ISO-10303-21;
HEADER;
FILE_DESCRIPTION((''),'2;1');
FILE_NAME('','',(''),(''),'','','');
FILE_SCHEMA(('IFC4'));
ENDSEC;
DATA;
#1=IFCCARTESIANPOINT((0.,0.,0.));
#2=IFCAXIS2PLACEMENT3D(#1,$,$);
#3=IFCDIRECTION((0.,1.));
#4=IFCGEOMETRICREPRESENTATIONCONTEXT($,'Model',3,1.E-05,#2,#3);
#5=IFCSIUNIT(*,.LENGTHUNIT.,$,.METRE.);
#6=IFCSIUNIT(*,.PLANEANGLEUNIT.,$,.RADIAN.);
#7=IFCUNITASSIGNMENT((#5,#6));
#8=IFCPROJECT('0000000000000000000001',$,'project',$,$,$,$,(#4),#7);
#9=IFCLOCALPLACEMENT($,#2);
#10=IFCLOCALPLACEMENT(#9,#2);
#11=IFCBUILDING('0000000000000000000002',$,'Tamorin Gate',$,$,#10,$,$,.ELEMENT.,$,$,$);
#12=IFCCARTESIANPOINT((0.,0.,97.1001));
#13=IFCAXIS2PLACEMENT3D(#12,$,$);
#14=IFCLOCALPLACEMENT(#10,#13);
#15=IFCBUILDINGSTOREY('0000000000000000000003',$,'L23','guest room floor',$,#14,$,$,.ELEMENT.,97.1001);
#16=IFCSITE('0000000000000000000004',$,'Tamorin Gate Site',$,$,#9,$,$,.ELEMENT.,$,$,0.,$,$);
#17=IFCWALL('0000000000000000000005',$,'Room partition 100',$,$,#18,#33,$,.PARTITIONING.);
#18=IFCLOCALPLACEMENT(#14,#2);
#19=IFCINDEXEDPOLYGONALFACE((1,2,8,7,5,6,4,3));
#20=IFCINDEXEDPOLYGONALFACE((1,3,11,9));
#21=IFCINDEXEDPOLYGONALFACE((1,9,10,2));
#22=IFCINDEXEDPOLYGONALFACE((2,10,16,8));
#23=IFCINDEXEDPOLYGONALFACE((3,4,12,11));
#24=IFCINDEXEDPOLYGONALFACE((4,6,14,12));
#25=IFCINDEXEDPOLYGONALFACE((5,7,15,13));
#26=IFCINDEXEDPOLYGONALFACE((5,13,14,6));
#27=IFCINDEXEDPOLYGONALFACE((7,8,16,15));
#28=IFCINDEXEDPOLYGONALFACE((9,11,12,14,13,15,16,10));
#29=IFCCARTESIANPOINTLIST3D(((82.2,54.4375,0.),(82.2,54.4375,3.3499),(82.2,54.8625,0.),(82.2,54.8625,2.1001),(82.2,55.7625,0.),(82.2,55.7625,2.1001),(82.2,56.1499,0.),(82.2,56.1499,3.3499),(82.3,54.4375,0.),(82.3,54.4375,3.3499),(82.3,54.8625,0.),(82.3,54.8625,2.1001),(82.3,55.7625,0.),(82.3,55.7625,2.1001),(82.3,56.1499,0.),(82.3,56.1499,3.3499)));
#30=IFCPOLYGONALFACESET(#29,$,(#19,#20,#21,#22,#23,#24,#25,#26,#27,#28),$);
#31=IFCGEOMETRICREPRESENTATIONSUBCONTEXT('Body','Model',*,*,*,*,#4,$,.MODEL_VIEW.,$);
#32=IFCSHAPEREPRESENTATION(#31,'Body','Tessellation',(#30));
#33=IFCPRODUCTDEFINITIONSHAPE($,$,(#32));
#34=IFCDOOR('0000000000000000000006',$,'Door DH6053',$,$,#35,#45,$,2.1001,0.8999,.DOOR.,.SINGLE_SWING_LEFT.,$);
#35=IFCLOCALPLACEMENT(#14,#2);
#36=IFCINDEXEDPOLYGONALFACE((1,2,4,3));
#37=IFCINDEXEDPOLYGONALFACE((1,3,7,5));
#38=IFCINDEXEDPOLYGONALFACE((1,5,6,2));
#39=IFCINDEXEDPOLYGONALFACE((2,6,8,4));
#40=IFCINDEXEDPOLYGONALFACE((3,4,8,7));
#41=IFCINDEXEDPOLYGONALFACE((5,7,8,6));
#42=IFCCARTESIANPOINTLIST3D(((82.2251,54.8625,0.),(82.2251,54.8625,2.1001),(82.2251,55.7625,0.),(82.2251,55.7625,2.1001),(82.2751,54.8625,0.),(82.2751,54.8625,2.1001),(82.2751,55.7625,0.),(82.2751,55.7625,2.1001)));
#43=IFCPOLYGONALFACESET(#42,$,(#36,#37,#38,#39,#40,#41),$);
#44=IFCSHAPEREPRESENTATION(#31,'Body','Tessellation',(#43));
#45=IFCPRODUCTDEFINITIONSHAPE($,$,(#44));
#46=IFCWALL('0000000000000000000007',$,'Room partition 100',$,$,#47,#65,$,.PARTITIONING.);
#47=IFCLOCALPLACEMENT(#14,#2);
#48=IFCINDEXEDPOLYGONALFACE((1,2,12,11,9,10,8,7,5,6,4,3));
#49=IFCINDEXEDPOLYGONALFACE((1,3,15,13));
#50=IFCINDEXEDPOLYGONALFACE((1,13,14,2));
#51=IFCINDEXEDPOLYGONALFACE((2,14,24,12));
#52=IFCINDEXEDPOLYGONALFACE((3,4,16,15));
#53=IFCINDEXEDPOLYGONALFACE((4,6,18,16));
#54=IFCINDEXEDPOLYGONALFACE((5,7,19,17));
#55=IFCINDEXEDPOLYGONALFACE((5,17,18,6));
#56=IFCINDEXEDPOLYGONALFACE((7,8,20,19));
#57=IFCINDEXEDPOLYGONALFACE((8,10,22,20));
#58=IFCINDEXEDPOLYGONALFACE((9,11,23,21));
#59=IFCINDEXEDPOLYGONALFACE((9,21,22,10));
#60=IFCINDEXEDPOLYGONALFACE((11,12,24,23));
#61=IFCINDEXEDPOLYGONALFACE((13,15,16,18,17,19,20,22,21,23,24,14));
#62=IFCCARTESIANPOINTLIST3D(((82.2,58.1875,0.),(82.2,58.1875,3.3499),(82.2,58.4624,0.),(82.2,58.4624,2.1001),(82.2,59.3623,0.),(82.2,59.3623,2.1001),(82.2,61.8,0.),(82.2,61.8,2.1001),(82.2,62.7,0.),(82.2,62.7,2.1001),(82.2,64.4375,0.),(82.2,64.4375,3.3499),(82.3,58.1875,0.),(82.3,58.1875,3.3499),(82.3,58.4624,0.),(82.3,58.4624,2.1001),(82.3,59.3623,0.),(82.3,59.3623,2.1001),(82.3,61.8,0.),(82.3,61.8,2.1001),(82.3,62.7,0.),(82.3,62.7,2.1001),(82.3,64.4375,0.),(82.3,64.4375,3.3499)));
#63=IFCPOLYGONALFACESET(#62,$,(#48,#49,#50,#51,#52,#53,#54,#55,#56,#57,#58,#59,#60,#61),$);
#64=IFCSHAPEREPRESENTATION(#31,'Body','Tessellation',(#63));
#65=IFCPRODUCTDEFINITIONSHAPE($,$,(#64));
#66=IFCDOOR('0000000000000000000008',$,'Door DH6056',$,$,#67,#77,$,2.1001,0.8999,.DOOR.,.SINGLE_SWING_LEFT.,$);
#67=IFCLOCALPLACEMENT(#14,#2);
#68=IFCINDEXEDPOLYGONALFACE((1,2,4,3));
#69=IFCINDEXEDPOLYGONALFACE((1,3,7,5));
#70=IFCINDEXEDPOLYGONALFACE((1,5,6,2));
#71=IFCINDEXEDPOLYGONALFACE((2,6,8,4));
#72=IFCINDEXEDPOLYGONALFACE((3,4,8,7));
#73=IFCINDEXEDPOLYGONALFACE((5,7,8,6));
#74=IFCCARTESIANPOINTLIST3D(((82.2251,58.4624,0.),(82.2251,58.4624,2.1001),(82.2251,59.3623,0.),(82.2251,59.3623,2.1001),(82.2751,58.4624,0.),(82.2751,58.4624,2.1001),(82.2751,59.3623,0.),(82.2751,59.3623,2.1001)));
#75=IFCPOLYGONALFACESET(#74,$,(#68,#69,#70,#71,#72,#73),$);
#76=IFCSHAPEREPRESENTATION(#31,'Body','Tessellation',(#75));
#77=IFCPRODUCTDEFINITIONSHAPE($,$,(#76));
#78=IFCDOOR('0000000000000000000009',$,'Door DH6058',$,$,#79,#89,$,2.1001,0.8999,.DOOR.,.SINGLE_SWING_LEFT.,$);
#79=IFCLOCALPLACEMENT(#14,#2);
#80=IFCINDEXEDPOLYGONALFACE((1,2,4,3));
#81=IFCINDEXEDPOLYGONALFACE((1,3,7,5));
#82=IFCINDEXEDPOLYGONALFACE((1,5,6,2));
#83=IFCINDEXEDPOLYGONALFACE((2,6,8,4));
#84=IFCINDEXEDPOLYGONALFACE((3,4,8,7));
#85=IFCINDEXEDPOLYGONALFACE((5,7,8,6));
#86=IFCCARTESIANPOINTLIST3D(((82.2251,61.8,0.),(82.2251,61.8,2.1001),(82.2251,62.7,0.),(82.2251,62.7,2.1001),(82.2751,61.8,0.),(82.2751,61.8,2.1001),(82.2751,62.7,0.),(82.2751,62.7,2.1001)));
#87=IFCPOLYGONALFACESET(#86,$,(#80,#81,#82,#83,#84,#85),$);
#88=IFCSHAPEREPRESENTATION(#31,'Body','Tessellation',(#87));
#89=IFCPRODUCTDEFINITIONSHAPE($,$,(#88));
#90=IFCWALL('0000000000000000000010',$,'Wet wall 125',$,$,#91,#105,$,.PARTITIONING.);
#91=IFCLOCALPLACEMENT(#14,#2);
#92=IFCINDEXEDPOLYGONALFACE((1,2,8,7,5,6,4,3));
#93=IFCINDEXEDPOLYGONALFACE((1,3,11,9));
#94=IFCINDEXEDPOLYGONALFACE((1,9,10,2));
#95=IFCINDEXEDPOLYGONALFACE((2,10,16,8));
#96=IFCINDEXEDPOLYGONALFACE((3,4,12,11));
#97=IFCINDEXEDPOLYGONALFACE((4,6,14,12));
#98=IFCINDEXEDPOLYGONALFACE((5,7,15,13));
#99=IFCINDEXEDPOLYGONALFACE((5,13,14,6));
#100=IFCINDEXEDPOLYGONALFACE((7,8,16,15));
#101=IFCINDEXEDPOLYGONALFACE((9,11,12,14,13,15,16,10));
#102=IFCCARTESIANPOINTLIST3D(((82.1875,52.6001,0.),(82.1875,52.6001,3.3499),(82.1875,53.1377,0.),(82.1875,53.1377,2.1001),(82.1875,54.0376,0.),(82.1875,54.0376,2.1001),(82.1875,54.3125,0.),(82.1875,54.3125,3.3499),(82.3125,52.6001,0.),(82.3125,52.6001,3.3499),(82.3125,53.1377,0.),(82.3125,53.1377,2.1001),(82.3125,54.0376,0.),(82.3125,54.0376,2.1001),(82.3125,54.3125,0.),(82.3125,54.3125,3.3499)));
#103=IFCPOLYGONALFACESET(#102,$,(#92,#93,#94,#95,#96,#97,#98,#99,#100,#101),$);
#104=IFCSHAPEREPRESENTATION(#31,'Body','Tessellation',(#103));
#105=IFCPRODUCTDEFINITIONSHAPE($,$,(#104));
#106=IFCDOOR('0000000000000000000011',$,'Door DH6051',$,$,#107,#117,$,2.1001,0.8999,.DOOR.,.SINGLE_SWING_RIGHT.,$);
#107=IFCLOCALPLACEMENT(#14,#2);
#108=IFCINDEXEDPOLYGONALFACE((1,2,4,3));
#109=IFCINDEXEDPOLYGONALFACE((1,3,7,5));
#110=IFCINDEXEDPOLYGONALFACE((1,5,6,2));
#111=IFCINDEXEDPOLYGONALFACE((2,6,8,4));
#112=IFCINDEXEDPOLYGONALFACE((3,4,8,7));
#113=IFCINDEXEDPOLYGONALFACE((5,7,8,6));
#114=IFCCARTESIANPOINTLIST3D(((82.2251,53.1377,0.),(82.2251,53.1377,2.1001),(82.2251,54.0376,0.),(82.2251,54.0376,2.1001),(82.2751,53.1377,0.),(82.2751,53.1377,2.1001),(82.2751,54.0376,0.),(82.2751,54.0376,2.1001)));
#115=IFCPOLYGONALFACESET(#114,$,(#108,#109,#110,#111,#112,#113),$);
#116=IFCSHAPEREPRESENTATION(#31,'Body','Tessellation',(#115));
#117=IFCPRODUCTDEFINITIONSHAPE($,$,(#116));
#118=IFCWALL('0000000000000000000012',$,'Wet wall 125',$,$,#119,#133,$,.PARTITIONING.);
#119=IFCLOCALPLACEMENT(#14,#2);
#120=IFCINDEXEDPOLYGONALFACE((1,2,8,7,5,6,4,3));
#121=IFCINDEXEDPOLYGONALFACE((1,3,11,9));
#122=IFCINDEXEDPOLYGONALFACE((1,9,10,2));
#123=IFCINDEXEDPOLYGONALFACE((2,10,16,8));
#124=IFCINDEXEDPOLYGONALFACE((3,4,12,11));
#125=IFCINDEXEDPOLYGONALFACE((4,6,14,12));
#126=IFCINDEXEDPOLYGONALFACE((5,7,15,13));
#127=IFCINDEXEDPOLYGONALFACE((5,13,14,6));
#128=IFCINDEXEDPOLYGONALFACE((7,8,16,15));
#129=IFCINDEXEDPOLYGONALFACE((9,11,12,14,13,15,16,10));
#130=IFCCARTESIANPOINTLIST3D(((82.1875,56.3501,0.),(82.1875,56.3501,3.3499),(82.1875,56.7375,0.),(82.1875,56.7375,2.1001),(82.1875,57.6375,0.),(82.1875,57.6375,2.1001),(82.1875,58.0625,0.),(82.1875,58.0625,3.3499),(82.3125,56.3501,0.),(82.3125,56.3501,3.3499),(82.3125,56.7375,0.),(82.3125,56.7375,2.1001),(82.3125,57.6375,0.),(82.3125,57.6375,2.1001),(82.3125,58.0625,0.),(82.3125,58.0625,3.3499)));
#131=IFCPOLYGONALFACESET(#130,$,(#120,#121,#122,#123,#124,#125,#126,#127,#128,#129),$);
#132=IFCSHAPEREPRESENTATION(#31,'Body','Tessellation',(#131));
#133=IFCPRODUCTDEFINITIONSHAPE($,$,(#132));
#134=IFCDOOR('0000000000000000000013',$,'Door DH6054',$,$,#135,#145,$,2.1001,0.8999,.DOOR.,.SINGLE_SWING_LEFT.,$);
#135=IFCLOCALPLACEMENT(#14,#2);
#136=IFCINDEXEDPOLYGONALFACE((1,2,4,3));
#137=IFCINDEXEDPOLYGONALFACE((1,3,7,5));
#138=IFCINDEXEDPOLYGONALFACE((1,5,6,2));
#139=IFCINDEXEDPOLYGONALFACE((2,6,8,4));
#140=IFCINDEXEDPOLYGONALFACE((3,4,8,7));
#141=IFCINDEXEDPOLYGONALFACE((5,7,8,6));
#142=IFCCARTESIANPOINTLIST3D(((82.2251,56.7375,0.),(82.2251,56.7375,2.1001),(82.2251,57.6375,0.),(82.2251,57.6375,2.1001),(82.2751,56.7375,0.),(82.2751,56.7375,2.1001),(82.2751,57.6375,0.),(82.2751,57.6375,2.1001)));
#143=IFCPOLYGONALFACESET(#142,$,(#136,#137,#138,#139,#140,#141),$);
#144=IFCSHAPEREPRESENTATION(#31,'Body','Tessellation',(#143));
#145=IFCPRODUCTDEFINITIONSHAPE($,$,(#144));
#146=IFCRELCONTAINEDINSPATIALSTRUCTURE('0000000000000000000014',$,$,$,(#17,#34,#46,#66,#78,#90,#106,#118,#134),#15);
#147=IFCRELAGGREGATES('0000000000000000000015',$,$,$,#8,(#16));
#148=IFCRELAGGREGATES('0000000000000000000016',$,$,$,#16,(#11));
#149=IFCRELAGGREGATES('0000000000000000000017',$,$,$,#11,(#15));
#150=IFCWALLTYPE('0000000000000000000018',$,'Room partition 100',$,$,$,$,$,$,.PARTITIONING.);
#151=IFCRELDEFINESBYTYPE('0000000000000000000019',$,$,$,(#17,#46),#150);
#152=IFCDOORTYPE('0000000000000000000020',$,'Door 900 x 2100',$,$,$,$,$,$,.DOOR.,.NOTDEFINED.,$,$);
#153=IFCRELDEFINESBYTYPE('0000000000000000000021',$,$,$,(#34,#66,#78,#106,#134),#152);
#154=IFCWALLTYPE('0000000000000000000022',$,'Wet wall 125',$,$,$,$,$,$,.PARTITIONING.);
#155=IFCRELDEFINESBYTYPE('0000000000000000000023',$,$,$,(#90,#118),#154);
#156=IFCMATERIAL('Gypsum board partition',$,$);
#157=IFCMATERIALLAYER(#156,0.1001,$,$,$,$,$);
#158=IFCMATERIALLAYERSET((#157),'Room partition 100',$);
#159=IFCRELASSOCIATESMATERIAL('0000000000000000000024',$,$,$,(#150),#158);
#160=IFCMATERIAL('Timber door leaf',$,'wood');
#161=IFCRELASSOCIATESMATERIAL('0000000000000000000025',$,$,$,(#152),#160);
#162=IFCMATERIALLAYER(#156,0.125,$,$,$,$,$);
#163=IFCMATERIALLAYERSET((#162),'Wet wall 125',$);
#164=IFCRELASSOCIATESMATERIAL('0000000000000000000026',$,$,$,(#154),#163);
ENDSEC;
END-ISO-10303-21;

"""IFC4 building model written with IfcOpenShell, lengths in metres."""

from ifc_helpers import new_model, si_unit, direction, frame, frame_2d, origin, place, context, subcontext, project, spatial, rectangle, extrude, material, layer, layer_set, type_object, element, fill, save


model = new_model("IFC4")

# Units and contexts
model_context = context("Model", 3, precision=1e-05, world=origin(), true_north=direction((0.0, 1.0)))
body_context = subcontext(model_context, "Body", "Model", "MODEL_VIEW")
ifc_project = project(units=[si_unit("LENGTHUNIT", "METRE"), si_unit("PLANEANGLEUNIT", "RADIAN")], contexts=[model_context])

# Site, building, storey
site_placement = place(None, origin())
site = spatial("IfcSite", under=ifc_project, at=site_placement, Name="Tamorin Gate Site", CompositionType="ELEMENT", RefElevation=0.0)
building_placement = place(site_placement, origin())
building = spatial("IfcBuilding", under=site, at=building_placement, Name="Tamorin Gate", CompositionType="ELEMENT")
storey_placement = place(building_placement, frame((0.0, 0.0, 97.1001)))
storey = spatial("IfcBuildingStorey", under=building, at=storey_placement, Name="L23", Description="guest room floor", CompositionType="ELEMENT", Elevation=97.1001)

# Wall, opening, door
ifc_material_1 = material(Name="Gypsum board partition")
ifc_layer_1 = layer(ifc_material_1, 0.1001)
ifc_layer_set_1 = layer_set([ifc_layer_1], Name="Room partition 100")
wall_type_1 = type_object("IfcWallType", Name="Room partition 100", PredefinedType="PARTITIONING", material=ifc_layer_set_1)
wall_1_placement = place(storey_placement, frame((82.25, 54.4375, 0.0), z_axis=(0.0, 0.0, 1.0), x_axis=(0.0, 1.0, 0.0)))
wall_1 = element("IfcWall", 1, at=wall_1_placement, inside=storey, type_object=wall_type_1, Name="Room partition 100", PredefinedType="PARTITIONING", context=body_context, shape_type="SweptSolid", body=[
    extrude(rectangle(XDim=1.7124, YDim=0.1001, at=frame_2d((0.8562, 0.0))), origin(), (0.0, 0.0, 1.0), 3.3499),
])
opening_1_placement = place(wall_1_placement, frame((0.425, 0.0, 0.0)))
opening_1 = element("IfcOpeningElement", 2, at=opening_1_placement, cuts=wall_1, PredefinedType="OPENING", context=body_context, shape_type="SweptSolid", body=[
    extrude(rectangle(XDim=0.8999, YDim=2.1001, at=frame_2d((0.45, 1.05))), frame((0.0, 0.0601, 0.0), z_axis=(0.0, -1.0, 0.0), x_axis=(1.0, 0.0, 0.0)), (0.0, 0.0, 1.0), 0.1201),
])
ifc_material_2 = material(Name="Timber door leaf", Category="wood")
door_type = type_object("IfcDoorType", Name="Door 900 x 2100", OperationType="NOTDEFINED", PredefinedType="DOOR", material=ifc_material_2)
door_1_placement = place(opening_1_placement, origin())
door_1 = element("IfcDoor", 3, at=door_1_placement, inside=storey, type_object=door_type, Name="Door DH6053", OperationType="SINGLE_SWING_LEFT", OverallHeight=2.1001, OverallWidth=0.8999, PredefinedType="DOOR", context=body_context, shape_type="SweptSolid", body=[
    extrude(rectangle(XDim=0.8999, YDim=2.1001, at=frame_2d((0.45, 1.05))), frame((0.0, 0.0249, 0.0), z_axis=(0.0, -1.0, 0.0), x_axis=(1.0, 0.0, 0.0)), (0.0, 0.0, 1.0), 0.05),
])
fill(opening_1, door_1)

# Wall, openings, doors
wall_2_placement = place(storey_placement, frame((82.25, 58.1875, 0.0), z_axis=(0.0, 0.0, 1.0), x_axis=(0.0, 1.0, 0.0)))
wall_2 = element("IfcWall", 4, at=wall_2_placement, inside=storey, type_object=wall_type_1, Name="Room partition 100", PredefinedType="PARTITIONING", context=body_context, shape_type="SweptSolid", body=[
    extrude(rectangle(XDim=6.25, YDim=0.1001, at=frame_2d((3.125, 0.0))), origin(), (0.0, 0.0, 1.0), 3.3499),
])
opening_2_placement = place(wall_2_placement, frame((0.2749, 0.0, 0.0)))
opening_2 = element("IfcOpeningElement", 5, at=opening_2_placement, cuts=wall_2, PredefinedType="OPENING", context=body_context, shape_type="SweptSolid", body=[
    extrude(rectangle(XDim=0.8999, YDim=2.1001, at=frame_2d((0.45, 1.05))), frame((0.0, 0.0601, 0.0), z_axis=(0.0, -1.0, 0.0), x_axis=(1.0, 0.0, 0.0)), (0.0, 0.0, 1.0), 0.1201),
])
opening_3_placement = place(wall_2_placement, frame((3.6125, 0.0, 0.0)))
opening_3 = element("IfcOpeningElement", 6, at=opening_3_placement, cuts=wall_2, PredefinedType="OPENING", context=body_context, shape_type="SweptSolid", body=[
    extrude(rectangle(XDim=0.8999, YDim=2.1001, at=frame_2d((0.45, 1.05))), frame((0.0, 0.0601, 0.0), z_axis=(0.0, -1.0, 0.0), x_axis=(1.0, 0.0, 0.0)), (0.0, 0.0, 1.0), 0.1201),
])
door_2_placement = place(opening_2_placement, origin())
door_2 = element("IfcDoor", 7, at=door_2_placement, inside=storey, type_object=door_type, Name="Door DH6056", OperationType="SINGLE_SWING_LEFT", OverallHeight=2.1001, OverallWidth=0.8999, PredefinedType="DOOR", context=body_context, shape_type="SweptSolid", body=[
    extrude(rectangle(XDim=0.8999, YDim=2.1001, at=frame_2d((0.45, 1.05))), frame((0.0, 0.0249, 0.0), z_axis=(0.0, -1.0, 0.0), x_axis=(1.0, 0.0, 0.0)), (0.0, 0.0, 1.0), 0.05),
])
fill(opening_2, door_2)
door_3_placement = place(opening_3_placement, origin())
door_3 = element("IfcDoor", 8, at=door_3_placement, inside=storey, type_object=door_type, Name="Door DH6058", OperationType="SINGLE_SWING_LEFT", OverallHeight=2.1001, OverallWidth=0.8999, PredefinedType="DOOR", context=body_context, shape_type="SweptSolid", body=[
    extrude(rectangle(XDim=0.8999, YDim=2.1001, at=frame_2d((0.45, 1.05))), frame((0.0, 0.0249, 0.0), z_axis=(0.0, -1.0, 0.0), x_axis=(1.0, 0.0, 0.0)), (0.0, 0.0, 1.0), 0.05),
])
fill(opening_3, door_3)

# Walls, openings, doors
ifc_layer_2 = layer(ifc_material_1, 0.125)
ifc_layer_set_2 = layer_set([ifc_layer_2], Name="Wet wall 125")
wall_type_2 = type_object("IfcWallType", Name="Wet wall 125", PredefinedType="PARTITIONING", material=ifc_layer_set_2)
wall_3_placement = place(storey_placement, frame((82.25, 52.6001, 0.0), z_axis=(0.0, 0.0, 1.0), x_axis=(0.0, 1.0, 0.0)))
wall_3 = element("IfcWall", 9, at=wall_3_placement, inside=storey, type_object=wall_type_2, Name="Wet wall 125", PredefinedType="PARTITIONING", context=body_context, shape_type="SweptSolid", body=[
    extrude(rectangle(XDim=1.7124, YDim=0.125, at=frame_2d((0.8562, 0.0))), origin(), (0.0, 0.0, 1.0), 3.3499),
])
opening_4_placement = place(wall_3_placement, frame((0.5376, 0.0, 0.0)))
opening_4 = element("IfcOpeningElement", 10, at=opening_4_placement, cuts=wall_3, PredefinedType="OPENING", context=body_context, shape_type="SweptSolid", body=[
    extrude(rectangle(XDim=0.8999, YDim=2.1001, at=frame_2d((0.45, 1.05))), frame((0.0, 0.0725, 0.0), z_axis=(0.0, -1.0, 0.0), x_axis=(1.0, 0.0, 0.0)), (0.0, 0.0, 1.0), 0.145),
])
door_4_placement = place(opening_4_placement, origin())
door_4 = element("IfcDoor", 11, at=door_4_placement, inside=storey, type_object=door_type, Name="Door DH6051", OperationType="SINGLE_SWING_RIGHT", OverallHeight=2.1001, OverallWidth=0.8999, PredefinedType="DOOR", context=body_context, shape_type="SweptSolid", body=[
    extrude(rectangle(XDim=0.8999, YDim=2.1001, at=frame_2d((0.45, 1.05))), frame((0.0, 0.0249, 0.0), z_axis=(0.0, -1.0, 0.0), x_axis=(1.0, 0.0, 0.0)), (0.0, 0.0, 1.0), 0.05),
])
fill(opening_4, door_4)
wall_4_placement = place(storey_placement, frame((82.25, 56.3501, 0.0), z_axis=(0.0, 0.0, 1.0), x_axis=(0.0, 1.0, 0.0)))
wall_4 = element("IfcWall", 12, at=wall_4_placement, inside=storey, type_object=wall_type_2, Name="Wet wall 125", PredefinedType="PARTITIONING", context=body_context, shape_type="SweptSolid", body=[
    extrude(rectangle(XDim=1.7124, YDim=0.125, at=frame_2d((0.8562, 0.0))), origin(), (0.0, 0.0, 1.0), 3.3499),
])
opening_5_placement = place(wall_4_placement, frame((0.3875, 0.0, 0.0)))
opening_5 = element("IfcOpeningElement", 13, at=opening_5_placement, cuts=wall_4, PredefinedType="OPENING", context=body_context, shape_type="SweptSolid", body=[
    extrude(rectangle(XDim=0.8999, YDim=2.1001, at=frame_2d((0.45, 1.05))), frame((0.0, 0.0725, 0.0), z_axis=(0.0, -1.0, 0.0), x_axis=(1.0, 0.0, 0.0)), (0.0, 0.0, 1.0), 0.145),
])
door_5_placement = place(opening_5_placement, origin())
door_5 = element("IfcDoor", 14, at=door_5_placement, inside=storey, type_object=door_type, Name="Door DH6054", OperationType="SINGLE_SWING_LEFT", OverallHeight=2.1001, OverallWidth=0.8999, PredefinedType="DOOR", context=body_context, shape_type="SweptSolid", body=[
    extrude(rectangle(XDim=0.8999, YDim=2.1001, at=frame_2d((0.45, 1.05))), frame((0.0, 0.0249, 0.0), z_axis=(0.0, -1.0, 0.0), x_axis=(1.0, 0.0, 0.0)), (0.0, 0.0, 1.0), 0.05),
])
fill(opening_5, door_5)

save(model, "model.ifc")
